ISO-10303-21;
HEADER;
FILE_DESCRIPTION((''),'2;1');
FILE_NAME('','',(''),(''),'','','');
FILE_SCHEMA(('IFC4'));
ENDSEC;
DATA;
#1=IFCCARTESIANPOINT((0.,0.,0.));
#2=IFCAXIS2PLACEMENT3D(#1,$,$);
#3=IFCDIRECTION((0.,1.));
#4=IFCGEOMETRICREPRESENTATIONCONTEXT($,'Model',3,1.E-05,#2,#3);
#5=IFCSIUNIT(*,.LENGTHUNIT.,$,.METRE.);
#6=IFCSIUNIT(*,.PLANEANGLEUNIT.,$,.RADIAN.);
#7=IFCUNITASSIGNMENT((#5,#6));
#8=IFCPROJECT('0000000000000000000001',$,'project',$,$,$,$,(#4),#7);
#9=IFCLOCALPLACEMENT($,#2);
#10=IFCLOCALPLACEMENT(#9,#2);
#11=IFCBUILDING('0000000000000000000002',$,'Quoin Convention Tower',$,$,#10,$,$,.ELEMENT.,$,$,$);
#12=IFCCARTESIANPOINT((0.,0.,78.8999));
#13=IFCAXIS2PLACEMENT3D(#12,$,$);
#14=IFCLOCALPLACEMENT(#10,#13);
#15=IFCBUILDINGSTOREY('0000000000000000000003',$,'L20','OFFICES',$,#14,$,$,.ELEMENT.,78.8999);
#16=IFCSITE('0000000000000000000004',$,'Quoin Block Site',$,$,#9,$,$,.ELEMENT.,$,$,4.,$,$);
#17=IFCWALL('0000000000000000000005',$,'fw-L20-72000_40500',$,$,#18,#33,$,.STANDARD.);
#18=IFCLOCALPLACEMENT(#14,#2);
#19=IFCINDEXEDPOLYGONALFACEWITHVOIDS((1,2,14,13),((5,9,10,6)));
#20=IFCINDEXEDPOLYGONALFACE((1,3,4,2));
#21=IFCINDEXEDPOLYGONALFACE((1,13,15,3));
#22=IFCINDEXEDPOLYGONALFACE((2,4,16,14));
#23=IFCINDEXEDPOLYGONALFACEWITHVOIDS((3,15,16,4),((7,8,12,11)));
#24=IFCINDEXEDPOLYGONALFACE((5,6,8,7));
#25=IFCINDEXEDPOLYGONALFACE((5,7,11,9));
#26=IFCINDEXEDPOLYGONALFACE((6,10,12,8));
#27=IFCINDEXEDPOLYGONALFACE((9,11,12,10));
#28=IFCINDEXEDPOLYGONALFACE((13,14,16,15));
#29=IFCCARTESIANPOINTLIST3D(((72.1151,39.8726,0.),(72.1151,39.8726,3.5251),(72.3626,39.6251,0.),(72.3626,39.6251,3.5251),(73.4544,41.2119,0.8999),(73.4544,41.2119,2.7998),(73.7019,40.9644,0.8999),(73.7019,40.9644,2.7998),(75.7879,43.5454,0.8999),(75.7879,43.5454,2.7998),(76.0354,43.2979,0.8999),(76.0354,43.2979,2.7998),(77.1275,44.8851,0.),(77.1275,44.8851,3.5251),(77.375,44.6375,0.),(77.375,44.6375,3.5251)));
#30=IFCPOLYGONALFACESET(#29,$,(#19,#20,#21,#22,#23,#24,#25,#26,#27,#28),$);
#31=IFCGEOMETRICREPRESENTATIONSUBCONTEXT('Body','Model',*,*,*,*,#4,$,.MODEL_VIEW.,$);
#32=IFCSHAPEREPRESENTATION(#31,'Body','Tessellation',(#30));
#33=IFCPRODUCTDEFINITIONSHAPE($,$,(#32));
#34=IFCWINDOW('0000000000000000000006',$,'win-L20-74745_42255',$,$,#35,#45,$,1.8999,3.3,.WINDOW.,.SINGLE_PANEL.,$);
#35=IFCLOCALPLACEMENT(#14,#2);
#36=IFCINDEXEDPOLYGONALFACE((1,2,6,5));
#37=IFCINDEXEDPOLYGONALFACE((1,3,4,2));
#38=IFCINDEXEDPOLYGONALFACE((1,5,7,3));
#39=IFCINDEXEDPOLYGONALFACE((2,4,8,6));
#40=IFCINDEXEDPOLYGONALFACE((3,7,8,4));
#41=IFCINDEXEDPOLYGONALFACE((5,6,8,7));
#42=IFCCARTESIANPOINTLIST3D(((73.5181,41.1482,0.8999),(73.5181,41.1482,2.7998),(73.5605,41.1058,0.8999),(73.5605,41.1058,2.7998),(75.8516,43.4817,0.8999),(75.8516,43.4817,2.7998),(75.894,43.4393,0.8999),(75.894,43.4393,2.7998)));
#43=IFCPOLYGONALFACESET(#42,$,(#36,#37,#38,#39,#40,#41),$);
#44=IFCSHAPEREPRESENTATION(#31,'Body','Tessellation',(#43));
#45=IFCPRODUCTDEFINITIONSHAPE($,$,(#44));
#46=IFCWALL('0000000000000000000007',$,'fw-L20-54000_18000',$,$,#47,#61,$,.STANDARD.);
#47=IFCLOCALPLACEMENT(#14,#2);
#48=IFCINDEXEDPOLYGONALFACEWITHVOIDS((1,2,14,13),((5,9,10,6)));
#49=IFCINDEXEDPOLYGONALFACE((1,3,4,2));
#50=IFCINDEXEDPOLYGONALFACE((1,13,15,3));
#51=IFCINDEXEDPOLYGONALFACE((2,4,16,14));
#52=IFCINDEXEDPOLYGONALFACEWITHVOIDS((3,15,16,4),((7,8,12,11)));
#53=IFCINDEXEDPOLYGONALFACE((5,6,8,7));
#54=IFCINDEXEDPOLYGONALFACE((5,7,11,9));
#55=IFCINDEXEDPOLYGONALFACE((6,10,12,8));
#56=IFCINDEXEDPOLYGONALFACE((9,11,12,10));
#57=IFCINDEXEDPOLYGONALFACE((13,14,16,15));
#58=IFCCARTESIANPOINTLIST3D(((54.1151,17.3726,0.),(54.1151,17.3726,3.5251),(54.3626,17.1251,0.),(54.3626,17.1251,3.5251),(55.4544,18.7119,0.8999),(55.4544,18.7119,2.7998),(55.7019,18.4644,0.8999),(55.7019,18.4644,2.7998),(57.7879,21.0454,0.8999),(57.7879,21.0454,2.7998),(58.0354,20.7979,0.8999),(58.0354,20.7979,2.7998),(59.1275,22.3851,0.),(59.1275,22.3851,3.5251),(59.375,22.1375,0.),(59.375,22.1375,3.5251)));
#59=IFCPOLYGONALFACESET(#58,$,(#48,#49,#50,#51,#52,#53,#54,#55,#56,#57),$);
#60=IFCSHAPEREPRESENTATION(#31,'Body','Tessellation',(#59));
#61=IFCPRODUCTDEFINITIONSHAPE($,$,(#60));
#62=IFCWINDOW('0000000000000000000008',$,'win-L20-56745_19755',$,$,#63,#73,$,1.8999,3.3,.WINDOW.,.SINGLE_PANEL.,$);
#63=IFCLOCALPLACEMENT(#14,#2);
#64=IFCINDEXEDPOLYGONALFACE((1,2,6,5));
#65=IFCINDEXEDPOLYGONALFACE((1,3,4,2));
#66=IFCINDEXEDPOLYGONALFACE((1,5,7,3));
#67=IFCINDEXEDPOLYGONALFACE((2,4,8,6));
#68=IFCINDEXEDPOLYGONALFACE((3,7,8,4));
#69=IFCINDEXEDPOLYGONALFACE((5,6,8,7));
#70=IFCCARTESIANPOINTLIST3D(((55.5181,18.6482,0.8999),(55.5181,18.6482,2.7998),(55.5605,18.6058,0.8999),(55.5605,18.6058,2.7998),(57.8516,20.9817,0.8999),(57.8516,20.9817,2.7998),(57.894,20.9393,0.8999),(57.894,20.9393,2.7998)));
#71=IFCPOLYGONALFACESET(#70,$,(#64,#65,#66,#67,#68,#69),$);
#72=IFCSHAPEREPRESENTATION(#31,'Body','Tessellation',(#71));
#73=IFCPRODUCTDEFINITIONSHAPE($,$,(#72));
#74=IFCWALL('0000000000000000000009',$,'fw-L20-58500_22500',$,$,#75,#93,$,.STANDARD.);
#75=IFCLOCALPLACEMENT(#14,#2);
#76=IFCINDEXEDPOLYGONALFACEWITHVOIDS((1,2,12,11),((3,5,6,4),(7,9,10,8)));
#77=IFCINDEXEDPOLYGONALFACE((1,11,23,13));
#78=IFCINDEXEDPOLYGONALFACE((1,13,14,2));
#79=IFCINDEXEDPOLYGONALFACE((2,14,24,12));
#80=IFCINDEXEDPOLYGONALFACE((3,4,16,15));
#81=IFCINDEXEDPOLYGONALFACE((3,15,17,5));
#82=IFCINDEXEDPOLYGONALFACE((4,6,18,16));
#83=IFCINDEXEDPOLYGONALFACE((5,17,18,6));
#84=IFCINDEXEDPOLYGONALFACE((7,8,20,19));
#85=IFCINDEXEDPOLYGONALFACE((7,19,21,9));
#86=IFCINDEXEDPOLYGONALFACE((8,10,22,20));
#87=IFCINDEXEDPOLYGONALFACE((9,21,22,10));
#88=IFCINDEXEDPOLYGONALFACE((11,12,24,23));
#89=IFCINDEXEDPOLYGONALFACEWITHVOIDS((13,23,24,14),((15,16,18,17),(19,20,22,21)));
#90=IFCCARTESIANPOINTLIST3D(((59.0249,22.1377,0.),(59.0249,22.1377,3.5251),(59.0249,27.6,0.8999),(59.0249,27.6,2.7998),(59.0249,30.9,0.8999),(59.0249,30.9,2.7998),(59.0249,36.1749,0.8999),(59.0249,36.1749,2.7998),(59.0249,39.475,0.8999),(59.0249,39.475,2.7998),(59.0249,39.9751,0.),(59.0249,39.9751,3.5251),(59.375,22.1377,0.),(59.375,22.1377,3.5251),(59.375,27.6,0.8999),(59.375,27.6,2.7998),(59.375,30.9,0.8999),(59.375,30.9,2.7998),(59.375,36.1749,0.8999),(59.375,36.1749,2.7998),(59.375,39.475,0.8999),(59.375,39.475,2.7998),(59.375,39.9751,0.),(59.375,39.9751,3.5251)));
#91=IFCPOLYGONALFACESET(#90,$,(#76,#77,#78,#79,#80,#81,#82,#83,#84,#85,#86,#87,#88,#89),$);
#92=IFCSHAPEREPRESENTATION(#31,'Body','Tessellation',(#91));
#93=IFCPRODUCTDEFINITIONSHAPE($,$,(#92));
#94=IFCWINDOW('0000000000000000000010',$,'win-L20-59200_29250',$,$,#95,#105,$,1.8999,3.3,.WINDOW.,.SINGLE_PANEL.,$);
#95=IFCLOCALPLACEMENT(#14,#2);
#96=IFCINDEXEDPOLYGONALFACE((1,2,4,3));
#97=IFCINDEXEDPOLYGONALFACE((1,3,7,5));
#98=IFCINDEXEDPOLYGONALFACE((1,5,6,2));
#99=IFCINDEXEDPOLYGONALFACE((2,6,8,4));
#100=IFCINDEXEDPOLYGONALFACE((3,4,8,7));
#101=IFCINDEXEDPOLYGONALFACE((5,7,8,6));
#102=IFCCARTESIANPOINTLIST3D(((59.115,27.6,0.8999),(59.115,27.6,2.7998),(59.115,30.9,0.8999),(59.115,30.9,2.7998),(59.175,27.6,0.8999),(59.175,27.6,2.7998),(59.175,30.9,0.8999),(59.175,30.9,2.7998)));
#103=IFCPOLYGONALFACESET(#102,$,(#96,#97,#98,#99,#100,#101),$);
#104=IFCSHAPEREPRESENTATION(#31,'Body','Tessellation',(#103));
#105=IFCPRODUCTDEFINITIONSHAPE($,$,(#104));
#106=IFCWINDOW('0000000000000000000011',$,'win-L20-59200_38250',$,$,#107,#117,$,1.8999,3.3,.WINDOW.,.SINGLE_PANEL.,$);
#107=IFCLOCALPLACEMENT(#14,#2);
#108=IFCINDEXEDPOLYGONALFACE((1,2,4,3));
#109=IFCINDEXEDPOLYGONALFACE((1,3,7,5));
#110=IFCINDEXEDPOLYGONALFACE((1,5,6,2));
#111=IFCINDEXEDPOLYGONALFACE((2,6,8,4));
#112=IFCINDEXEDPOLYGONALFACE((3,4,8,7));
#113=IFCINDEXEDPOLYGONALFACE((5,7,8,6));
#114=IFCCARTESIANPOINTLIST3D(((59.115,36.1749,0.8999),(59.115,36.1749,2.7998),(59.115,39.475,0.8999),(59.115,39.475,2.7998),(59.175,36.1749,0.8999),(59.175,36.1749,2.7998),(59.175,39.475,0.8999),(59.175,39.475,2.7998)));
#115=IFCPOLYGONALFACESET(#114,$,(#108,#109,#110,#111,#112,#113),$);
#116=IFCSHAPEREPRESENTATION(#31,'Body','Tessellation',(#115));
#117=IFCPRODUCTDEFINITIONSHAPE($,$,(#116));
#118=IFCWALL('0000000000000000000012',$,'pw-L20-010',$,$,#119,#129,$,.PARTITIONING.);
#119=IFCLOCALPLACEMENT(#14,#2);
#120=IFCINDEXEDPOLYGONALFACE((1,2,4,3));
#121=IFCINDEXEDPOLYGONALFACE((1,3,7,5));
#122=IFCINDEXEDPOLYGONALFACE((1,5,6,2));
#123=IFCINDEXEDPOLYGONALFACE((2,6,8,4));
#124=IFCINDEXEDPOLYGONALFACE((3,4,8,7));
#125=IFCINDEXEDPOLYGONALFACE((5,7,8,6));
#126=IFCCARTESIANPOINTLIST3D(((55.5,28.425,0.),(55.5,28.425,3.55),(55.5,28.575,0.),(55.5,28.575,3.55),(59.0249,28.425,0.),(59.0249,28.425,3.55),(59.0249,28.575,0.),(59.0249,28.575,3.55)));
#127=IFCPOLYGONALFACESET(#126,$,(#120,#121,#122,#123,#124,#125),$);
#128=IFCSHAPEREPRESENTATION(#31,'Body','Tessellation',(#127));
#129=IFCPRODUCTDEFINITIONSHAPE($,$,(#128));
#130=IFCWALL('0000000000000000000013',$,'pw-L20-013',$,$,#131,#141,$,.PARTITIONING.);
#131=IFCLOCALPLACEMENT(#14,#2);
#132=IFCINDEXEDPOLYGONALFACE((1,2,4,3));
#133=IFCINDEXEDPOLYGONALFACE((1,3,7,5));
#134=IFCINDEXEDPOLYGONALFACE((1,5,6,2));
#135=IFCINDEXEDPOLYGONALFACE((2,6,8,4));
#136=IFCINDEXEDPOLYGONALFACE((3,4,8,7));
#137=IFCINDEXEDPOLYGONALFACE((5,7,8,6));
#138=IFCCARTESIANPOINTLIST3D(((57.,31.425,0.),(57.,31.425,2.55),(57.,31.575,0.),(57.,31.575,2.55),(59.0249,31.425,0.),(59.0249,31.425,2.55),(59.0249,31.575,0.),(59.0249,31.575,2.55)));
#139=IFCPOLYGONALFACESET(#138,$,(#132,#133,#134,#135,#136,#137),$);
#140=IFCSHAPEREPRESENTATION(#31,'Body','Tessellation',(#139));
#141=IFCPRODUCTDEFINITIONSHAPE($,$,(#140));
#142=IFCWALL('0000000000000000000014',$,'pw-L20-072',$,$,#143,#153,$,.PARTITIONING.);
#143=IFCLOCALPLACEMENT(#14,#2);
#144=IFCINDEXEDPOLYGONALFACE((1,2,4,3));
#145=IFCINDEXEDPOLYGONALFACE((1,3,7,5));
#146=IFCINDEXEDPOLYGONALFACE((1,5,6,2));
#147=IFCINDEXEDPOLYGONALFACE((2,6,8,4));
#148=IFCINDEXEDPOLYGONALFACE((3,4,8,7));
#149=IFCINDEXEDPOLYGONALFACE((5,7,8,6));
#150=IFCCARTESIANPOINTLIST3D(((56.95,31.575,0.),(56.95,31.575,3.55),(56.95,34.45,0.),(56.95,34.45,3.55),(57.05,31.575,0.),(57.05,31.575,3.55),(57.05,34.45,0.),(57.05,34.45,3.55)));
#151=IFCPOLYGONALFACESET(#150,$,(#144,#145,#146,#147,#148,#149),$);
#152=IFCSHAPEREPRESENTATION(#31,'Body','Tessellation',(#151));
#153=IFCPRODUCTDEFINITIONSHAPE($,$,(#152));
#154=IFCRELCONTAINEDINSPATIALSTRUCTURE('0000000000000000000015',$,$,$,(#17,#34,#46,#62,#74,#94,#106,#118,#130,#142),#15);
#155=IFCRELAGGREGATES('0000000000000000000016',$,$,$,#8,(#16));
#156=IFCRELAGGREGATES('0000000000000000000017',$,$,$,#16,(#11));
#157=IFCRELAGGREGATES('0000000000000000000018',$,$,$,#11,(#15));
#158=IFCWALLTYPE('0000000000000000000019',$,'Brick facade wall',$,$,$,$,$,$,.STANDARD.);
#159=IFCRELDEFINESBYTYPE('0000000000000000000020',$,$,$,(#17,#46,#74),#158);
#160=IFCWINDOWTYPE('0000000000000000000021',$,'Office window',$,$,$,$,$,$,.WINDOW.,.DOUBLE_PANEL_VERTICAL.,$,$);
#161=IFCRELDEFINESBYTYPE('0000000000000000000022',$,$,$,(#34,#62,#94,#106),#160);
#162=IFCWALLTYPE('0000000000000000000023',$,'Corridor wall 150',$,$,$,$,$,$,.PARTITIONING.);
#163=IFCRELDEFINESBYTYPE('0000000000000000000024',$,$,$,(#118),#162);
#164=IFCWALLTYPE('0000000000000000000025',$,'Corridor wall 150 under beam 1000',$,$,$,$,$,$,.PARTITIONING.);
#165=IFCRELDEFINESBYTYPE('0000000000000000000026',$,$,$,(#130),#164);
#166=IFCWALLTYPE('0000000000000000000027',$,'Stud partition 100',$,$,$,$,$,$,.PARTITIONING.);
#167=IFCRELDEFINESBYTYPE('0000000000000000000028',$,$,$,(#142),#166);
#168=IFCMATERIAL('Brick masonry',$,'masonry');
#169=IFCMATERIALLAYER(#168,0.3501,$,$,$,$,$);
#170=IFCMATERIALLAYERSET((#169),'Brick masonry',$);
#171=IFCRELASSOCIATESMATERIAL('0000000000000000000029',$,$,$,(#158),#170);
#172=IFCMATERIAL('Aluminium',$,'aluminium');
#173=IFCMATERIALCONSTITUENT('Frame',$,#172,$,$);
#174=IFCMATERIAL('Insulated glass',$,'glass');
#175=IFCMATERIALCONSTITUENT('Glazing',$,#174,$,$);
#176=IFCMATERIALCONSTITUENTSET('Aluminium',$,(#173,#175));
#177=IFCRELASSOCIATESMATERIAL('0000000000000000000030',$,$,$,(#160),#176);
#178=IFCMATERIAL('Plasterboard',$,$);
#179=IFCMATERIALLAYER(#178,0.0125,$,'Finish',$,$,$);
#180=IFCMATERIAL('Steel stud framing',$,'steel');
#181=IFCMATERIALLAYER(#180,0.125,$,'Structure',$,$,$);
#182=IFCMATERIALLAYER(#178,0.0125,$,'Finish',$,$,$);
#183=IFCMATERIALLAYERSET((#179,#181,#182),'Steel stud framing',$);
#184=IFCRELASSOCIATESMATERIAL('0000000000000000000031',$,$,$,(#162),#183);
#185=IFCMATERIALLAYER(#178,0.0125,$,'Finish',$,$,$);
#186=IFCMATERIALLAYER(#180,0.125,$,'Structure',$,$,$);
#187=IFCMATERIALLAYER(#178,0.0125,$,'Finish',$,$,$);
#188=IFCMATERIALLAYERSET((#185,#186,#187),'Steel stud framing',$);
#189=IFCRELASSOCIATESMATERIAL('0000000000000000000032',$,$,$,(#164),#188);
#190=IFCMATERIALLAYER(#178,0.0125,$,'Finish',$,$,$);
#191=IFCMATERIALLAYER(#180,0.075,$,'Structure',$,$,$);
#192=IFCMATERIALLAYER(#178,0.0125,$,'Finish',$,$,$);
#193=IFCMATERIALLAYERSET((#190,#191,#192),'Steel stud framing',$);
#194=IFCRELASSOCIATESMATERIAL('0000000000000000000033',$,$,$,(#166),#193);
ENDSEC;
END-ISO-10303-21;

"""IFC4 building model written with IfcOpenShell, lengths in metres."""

from ifc_helpers import new_model, si_unit, direction, frame, frame_2d, origin, place, context, subcontext, project, spatial, rectangle, extrude, material, layer, layer_set, constituent, constituent_set, type_object, element, fill, save


model = new_model("IFC4")

# Units and contexts
model_context = context("Model", 3, precision=1e-05, world=origin(), true_north=direction((0.0, 1.0)))
body_context = subcontext(model_context, "Body", "Model", "MODEL_VIEW")
ifc_project = project(units=[si_unit("LENGTHUNIT", "METRE"), si_unit("PLANEANGLEUNIT", "RADIAN")], contexts=[model_context])

# Site, building, storey
site_placement = place(None, origin())
site = spatial("IfcSite", under=ifc_project, at=site_placement, Name="Quoin Block Site", CompositionType="ELEMENT", RefElevation=4.0)
building_placement = place(site_placement, origin())
building = spatial("IfcBuilding", under=site, at=building_placement, Name="Quoin Convention Tower", CompositionType="ELEMENT")
storey_placement = place(building_placement, frame((0.0, 0.0, 78.8999)))
storey = spatial("IfcBuildingStorey", under=building, at=storey_placement, Name="L20", Description="OFFICES", CompositionType="ELEMENT", Elevation=78.8999)

# Shared definitions
ifc_material_1 = material(Name="Plasterboard")
ifc_material_2 = material(Name="Steel stud framing", Category="steel")

# Walls, openings, windows
ifc_material_3 = material(Name="Brick masonry", Category="masonry")
ifc_layer_1 = layer(ifc_material_3, 0.3501)
ifc_layer_set_1 = layer_set([ifc_layer_1], Name="Brick masonry")
wall_type_1 = type_object("IfcWallType", Name="Brick facade wall", PredefinedType="STANDARD", material=ifc_layer_set_1)
ifc_material_4 = material(Name="Aluminium", Category="aluminium")
ifc_constituent_1 = constituent(ifc_material_4, Name="Frame")
ifc_material_5 = material(Name="Insulated glass", Category="glass")
ifc_constituent_2 = constituent(ifc_material_5, Name="Glazing")
ifc_constituent_set = constituent_set(constituents=[ifc_constituent_1, ifc_constituent_2], Name="Aluminium")
window_type = type_object("IfcWindowType", Name="Office window", PartitioningType="DOUBLE_PANEL_VERTICAL", PredefinedType="WINDOW", material=ifc_constituent_set)
wall_1_placement = place(storey_placement, frame((72.2388, 39.7488, 0.0), z_axis=(0.0, 0.0, 1.0), x_axis=(0.707107, 0.707107, 0.0)))
wall_1 = element("IfcWall", 1, at=wall_1_placement, inside=storey, type_object=wall_type_1, Name="fw-L20-72000_40500", PredefinedType="STANDARD", context=body_context, shape_type="SweptSolid", body=[
    extrude(rectangle(XDim=7.0886, YDim=0.3501, at=frame_2d((3.5444, 0.0))), origin(), (0.0, 0.0, 1.0), 3.5251),
])
opening_1_placement = place(wall_1_placement, frame((1.8943, 0.0, 0.8999)))
opening_1 = element("IfcOpeningElement", 2, at=opening_1_placement, cuts=wall_1, PredefinedType="OPENING", context=body_context, shape_type="SweptSolid", body=[
    extrude(rectangle(XDim=3.3, YDim=1.8999, at=frame_2d((1.6499, 0.95))), frame((0.0, 0.1851, 0.0), z_axis=(0.0, -1.0, 0.0), x_axis=(1.0, 0.0, 0.0)), (0.0, 0.0, 1.0), 0.3701),
])
window_1_placement = place(opening_1_placement, origin())
window_1 = element("IfcWindow", 3, at=window_1_placement, inside=storey, type_object=window_type, Name="win-L20-74745_42255", OverallHeight=1.8999, OverallWidth=3.3, PartitioningType="SINGLE_PANEL", PredefinedType="WINDOW", context=body_context, shape_type="SweptSolid", body=[
    extrude(rectangle(XDim=3.3, YDim=1.8999, at=frame_2d((1.6499, 0.95))), frame((0.0, 0.085, 0.0), z_axis=(0.0, -1.0, 0.0), x_axis=(1.0, 0.0, 0.0)), (0.0, 0.0, 1.0), 0.0601),
])
fill(opening_1, window_1)
wall_2_placement = place(storey_placement, frame((54.2388, 17.2488, 0.0), z_axis=(0.0, 0.0, 1.0), x_axis=(0.707107, 0.707107, 0.0)))
wall_2 = element("IfcWall", 4, at=wall_2_placement, inside=storey, type_object=wall_type_1, Name="fw-L20-54000_18000", PredefinedType="STANDARD", context=body_context, shape_type="SweptSolid", body=[
    extrude(rectangle(XDim=7.0886, YDim=0.3501, at=frame_2d((3.5444, 0.0))), origin(), (0.0, 0.0, 1.0), 3.5251),
])
opening_2_placement = place(wall_2_placement, frame((1.8943, 0.0, 0.8999)))
opening_2 = element("IfcOpeningElement", 5, at=opening_2_placement, cuts=wall_2, PredefinedType="OPENING", context=body_context, shape_type="SweptSolid", body=[
    extrude(rectangle(XDim=3.3, YDim=1.8999, at=frame_2d((1.6499, 0.95))), frame((0.0, 0.1851, 0.0), z_axis=(0.0, -1.0, 0.0), x_axis=(1.0, 0.0, 0.0)), (0.0, 0.0, 1.0), 0.3701),
])
window_2_placement = place(opening_2_placement, origin())
window_2 = element("IfcWindow", 6, at=window_2_placement, inside=storey, type_object=window_type, Name="win-L20-56745_19755", OverallHeight=1.8999, OverallWidth=3.3, PartitioningType="SINGLE_PANEL", PredefinedType="WINDOW", context=body_context, shape_type="SweptSolid", body=[
    extrude(rectangle(XDim=3.3, YDim=1.8999, at=frame_2d((1.6499, 0.95))), frame((0.0, 0.085, 0.0), z_axis=(0.0, -1.0, 0.0), x_axis=(1.0, 0.0, 0.0)), (0.0, 0.0, 1.0), 0.0601),
])
fill(opening_2, window_2)

# Wall, openings, windows
wall_3_placement = place(storey_placement, frame((59.2, 22.1377, 0.0), z_axis=(0.0, 0.0, 1.0), x_axis=(0.0, 1.0, 0.0)))
wall_3 = element("IfcWall", 7, at=wall_3_placement, inside=storey, type_object=wall_type_1, Name="fw-L20-58500_22500", PredefinedType="STANDARD", context=body_context, shape_type="SweptSolid", body=[
    extrude(rectangle(XDim=17.8374, YDim=0.3501, at=frame_2d((8.9187, 0.0))), origin(), (0.0, 0.0, 1.0), 3.5251),
])
opening_3_placement = place(wall_3_placement, frame((5.4624, 0.0, 0.8999)))
opening_3 = element("IfcOpeningElement", 8, at=opening_3_placement, cuts=wall_3, PredefinedType="OPENING", context=body_context, shape_type="SweptSolid", body=[
    extrude(rectangle(XDim=3.3, YDim=1.8999, at=frame_2d((1.6499, 0.95))), frame((0.0, 0.1851, 0.0), z_axis=(0.0, -1.0, 0.0), x_axis=(1.0, 0.0, 0.0)), (0.0, 0.0, 1.0), 0.3701),
])
opening_4_placement = place(wall_3_placement, frame((14.0374, 0.0, 0.8999)))
opening_4 = element("IfcOpeningElement", 9, at=opening_4_placement, cuts=wall_3, PredefinedType="OPENING", context=body_context, shape_type="SweptSolid", body=[
    extrude(rectangle(XDim=3.3, YDim=1.8999, at=frame_2d((1.6499, 0.95))), frame((0.0, 0.1851, 0.0), z_axis=(0.0, -1.0, 0.0), x_axis=(1.0, 0.0, 0.0)), (0.0, 0.0, 1.0), 0.3701),
])
window_3_placement = place(opening_3_placement, origin())
window_3 = element("IfcWindow", 10, at=window_3_placement, inside=storey, type_object=window_type, Name="win-L20-59200_29250", OverallHeight=1.8999, OverallWidth=3.3, PartitioningType="SINGLE_PANEL", PredefinedType="WINDOW", context=body_context, shape_type="SweptSolid", body=[
    extrude(rectangle(XDim=3.3, YDim=1.8999, at=frame_2d((1.6499, 0.95))), frame((0.0, 0.085, 0.0), z_axis=(0.0, -1.0, 0.0), x_axis=(1.0, 0.0, 0.0)), (0.0, 0.0, 1.0), 0.0601),
])
fill(opening_3, window_3)
window_4_placement = place(opening_4_placement, origin())
window_4 = element("IfcWindow", 11, at=window_4_placement, inside=storey, type_object=window_type, Name="win-L20-59200_38250", OverallHeight=1.8999, OverallWidth=3.3, PartitioningType="SINGLE_PANEL", PredefinedType="WINDOW", context=body_context, shape_type="SweptSolid", body=[
    extrude(rectangle(XDim=3.3, YDim=1.8999, at=frame_2d((1.6499, 0.95))), frame((0.0, 0.085, 0.0), z_axis=(0.0, -1.0, 0.0), x_axis=(1.0, 0.0, 0.0)), (0.0, 0.0, 1.0), 0.0601),
])
fill(opening_4, window_4)

# Walls
ifc_layer_2 = layer(ifc_material_1, 0.0125, Name="Finish")
ifc_layer_3 = layer(ifc_material_2, 0.125, Name="Structure")
ifc_layer_4 = layer(ifc_material_1, 0.0125, Name="Finish")
ifc_layer_set_2 = layer_set([ifc_layer_2, ifc_layer_3, ifc_layer_4], Name="Steel stud framing")
wall_type_2 = type_object("IfcWallType", Name="Corridor wall 150", PredefinedType="PARTITIONING", material=ifc_layer_set_2)
wall_4_placement = place(storey_placement, frame((55.5, 28.5, 0.0), z_axis=(0.0, 0.0, 1.0), x_axis=(1.0, 0.0, 0.0)))
element("IfcWall", 12, at=wall_4_placement, inside=storey, type_object=wall_type_2, Name="pw-L20-010", PredefinedType="PARTITIONING", context=body_context, shape_type="SweptSolid", body=[
    extrude(rectangle(XDim=3.5249, YDim=0.1499, at=frame_2d((1.7625, 0.0))), origin(), (0.0, 0.0, 1.0), 3.55),
])
ifc_layer_5 = layer(ifc_material_1, 0.0125, Name="Finish")
ifc_layer_6 = layer(ifc_material_2, 0.125, Name="Structure")
ifc_layer_7 = layer(ifc_material_1, 0.0125, Name="Finish")
ifc_layer_set_3 = layer_set([ifc_layer_5, ifc_layer_6, ifc_layer_7], Name="Steel stud framing")
wall_type_3 = type_object("IfcWallType", Name="Corridor wall 150 under beam 1000", PredefinedType="PARTITIONING", material=ifc_layer_set_3)
wall_5_placement = place(storey_placement, frame((57.0, 31.5, 0.0), z_axis=(0.0, 0.0, 1.0), x_axis=(1.0, 0.0, 0.0)))
element("IfcWall", 13, at=wall_5_placement, inside=storey, type_object=wall_type_3, Name="pw-L20-013", PredefinedType="PARTITIONING", context=body_context, shape_type="SweptSolid", body=[
    extrude(rectangle(XDim=2.0249, YDim=0.1499, at=frame_2d((1.0125, 0.0))), origin(), (0.0, 0.0, 1.0), 2.55),
])
ifc_layer_8 = layer(ifc_material_1, 0.0125, Name="Finish")
ifc_layer_9 = layer(ifc_material_2, 0.075, Name="Structure")
ifc_layer_10 = layer(ifc_material_1, 0.0125, Name="Finish")
ifc_layer_set_4 = layer_set([ifc_layer_8, ifc_layer_9, ifc_layer_10], Name="Steel stud framing")
wall_type_4 = type_object("IfcWallType", Name="Stud partition 100", PredefinedType="PARTITIONING", material=ifc_layer_set_4)
wall_6_placement = place(storey_placement, frame((57.0, 31.575, 0.0), z_axis=(0.0, 0.0, 1.0), x_axis=(0.0, 1.0, 0.0)))
element("IfcWall", 14, at=wall_6_placement, inside=storey, type_object=wall_type_4, Name="pw-L20-072", PredefinedType="PARTITIONING", context=body_context, shape_type="SweptSolid", body=[
    extrude(rectangle(XDim=2.875, YDim=0.1001, at=frame_2d((1.4375, 0.0))), origin(), (0.0, 0.0, 1.0), 3.55),
])

save(model, "model.ifc")
